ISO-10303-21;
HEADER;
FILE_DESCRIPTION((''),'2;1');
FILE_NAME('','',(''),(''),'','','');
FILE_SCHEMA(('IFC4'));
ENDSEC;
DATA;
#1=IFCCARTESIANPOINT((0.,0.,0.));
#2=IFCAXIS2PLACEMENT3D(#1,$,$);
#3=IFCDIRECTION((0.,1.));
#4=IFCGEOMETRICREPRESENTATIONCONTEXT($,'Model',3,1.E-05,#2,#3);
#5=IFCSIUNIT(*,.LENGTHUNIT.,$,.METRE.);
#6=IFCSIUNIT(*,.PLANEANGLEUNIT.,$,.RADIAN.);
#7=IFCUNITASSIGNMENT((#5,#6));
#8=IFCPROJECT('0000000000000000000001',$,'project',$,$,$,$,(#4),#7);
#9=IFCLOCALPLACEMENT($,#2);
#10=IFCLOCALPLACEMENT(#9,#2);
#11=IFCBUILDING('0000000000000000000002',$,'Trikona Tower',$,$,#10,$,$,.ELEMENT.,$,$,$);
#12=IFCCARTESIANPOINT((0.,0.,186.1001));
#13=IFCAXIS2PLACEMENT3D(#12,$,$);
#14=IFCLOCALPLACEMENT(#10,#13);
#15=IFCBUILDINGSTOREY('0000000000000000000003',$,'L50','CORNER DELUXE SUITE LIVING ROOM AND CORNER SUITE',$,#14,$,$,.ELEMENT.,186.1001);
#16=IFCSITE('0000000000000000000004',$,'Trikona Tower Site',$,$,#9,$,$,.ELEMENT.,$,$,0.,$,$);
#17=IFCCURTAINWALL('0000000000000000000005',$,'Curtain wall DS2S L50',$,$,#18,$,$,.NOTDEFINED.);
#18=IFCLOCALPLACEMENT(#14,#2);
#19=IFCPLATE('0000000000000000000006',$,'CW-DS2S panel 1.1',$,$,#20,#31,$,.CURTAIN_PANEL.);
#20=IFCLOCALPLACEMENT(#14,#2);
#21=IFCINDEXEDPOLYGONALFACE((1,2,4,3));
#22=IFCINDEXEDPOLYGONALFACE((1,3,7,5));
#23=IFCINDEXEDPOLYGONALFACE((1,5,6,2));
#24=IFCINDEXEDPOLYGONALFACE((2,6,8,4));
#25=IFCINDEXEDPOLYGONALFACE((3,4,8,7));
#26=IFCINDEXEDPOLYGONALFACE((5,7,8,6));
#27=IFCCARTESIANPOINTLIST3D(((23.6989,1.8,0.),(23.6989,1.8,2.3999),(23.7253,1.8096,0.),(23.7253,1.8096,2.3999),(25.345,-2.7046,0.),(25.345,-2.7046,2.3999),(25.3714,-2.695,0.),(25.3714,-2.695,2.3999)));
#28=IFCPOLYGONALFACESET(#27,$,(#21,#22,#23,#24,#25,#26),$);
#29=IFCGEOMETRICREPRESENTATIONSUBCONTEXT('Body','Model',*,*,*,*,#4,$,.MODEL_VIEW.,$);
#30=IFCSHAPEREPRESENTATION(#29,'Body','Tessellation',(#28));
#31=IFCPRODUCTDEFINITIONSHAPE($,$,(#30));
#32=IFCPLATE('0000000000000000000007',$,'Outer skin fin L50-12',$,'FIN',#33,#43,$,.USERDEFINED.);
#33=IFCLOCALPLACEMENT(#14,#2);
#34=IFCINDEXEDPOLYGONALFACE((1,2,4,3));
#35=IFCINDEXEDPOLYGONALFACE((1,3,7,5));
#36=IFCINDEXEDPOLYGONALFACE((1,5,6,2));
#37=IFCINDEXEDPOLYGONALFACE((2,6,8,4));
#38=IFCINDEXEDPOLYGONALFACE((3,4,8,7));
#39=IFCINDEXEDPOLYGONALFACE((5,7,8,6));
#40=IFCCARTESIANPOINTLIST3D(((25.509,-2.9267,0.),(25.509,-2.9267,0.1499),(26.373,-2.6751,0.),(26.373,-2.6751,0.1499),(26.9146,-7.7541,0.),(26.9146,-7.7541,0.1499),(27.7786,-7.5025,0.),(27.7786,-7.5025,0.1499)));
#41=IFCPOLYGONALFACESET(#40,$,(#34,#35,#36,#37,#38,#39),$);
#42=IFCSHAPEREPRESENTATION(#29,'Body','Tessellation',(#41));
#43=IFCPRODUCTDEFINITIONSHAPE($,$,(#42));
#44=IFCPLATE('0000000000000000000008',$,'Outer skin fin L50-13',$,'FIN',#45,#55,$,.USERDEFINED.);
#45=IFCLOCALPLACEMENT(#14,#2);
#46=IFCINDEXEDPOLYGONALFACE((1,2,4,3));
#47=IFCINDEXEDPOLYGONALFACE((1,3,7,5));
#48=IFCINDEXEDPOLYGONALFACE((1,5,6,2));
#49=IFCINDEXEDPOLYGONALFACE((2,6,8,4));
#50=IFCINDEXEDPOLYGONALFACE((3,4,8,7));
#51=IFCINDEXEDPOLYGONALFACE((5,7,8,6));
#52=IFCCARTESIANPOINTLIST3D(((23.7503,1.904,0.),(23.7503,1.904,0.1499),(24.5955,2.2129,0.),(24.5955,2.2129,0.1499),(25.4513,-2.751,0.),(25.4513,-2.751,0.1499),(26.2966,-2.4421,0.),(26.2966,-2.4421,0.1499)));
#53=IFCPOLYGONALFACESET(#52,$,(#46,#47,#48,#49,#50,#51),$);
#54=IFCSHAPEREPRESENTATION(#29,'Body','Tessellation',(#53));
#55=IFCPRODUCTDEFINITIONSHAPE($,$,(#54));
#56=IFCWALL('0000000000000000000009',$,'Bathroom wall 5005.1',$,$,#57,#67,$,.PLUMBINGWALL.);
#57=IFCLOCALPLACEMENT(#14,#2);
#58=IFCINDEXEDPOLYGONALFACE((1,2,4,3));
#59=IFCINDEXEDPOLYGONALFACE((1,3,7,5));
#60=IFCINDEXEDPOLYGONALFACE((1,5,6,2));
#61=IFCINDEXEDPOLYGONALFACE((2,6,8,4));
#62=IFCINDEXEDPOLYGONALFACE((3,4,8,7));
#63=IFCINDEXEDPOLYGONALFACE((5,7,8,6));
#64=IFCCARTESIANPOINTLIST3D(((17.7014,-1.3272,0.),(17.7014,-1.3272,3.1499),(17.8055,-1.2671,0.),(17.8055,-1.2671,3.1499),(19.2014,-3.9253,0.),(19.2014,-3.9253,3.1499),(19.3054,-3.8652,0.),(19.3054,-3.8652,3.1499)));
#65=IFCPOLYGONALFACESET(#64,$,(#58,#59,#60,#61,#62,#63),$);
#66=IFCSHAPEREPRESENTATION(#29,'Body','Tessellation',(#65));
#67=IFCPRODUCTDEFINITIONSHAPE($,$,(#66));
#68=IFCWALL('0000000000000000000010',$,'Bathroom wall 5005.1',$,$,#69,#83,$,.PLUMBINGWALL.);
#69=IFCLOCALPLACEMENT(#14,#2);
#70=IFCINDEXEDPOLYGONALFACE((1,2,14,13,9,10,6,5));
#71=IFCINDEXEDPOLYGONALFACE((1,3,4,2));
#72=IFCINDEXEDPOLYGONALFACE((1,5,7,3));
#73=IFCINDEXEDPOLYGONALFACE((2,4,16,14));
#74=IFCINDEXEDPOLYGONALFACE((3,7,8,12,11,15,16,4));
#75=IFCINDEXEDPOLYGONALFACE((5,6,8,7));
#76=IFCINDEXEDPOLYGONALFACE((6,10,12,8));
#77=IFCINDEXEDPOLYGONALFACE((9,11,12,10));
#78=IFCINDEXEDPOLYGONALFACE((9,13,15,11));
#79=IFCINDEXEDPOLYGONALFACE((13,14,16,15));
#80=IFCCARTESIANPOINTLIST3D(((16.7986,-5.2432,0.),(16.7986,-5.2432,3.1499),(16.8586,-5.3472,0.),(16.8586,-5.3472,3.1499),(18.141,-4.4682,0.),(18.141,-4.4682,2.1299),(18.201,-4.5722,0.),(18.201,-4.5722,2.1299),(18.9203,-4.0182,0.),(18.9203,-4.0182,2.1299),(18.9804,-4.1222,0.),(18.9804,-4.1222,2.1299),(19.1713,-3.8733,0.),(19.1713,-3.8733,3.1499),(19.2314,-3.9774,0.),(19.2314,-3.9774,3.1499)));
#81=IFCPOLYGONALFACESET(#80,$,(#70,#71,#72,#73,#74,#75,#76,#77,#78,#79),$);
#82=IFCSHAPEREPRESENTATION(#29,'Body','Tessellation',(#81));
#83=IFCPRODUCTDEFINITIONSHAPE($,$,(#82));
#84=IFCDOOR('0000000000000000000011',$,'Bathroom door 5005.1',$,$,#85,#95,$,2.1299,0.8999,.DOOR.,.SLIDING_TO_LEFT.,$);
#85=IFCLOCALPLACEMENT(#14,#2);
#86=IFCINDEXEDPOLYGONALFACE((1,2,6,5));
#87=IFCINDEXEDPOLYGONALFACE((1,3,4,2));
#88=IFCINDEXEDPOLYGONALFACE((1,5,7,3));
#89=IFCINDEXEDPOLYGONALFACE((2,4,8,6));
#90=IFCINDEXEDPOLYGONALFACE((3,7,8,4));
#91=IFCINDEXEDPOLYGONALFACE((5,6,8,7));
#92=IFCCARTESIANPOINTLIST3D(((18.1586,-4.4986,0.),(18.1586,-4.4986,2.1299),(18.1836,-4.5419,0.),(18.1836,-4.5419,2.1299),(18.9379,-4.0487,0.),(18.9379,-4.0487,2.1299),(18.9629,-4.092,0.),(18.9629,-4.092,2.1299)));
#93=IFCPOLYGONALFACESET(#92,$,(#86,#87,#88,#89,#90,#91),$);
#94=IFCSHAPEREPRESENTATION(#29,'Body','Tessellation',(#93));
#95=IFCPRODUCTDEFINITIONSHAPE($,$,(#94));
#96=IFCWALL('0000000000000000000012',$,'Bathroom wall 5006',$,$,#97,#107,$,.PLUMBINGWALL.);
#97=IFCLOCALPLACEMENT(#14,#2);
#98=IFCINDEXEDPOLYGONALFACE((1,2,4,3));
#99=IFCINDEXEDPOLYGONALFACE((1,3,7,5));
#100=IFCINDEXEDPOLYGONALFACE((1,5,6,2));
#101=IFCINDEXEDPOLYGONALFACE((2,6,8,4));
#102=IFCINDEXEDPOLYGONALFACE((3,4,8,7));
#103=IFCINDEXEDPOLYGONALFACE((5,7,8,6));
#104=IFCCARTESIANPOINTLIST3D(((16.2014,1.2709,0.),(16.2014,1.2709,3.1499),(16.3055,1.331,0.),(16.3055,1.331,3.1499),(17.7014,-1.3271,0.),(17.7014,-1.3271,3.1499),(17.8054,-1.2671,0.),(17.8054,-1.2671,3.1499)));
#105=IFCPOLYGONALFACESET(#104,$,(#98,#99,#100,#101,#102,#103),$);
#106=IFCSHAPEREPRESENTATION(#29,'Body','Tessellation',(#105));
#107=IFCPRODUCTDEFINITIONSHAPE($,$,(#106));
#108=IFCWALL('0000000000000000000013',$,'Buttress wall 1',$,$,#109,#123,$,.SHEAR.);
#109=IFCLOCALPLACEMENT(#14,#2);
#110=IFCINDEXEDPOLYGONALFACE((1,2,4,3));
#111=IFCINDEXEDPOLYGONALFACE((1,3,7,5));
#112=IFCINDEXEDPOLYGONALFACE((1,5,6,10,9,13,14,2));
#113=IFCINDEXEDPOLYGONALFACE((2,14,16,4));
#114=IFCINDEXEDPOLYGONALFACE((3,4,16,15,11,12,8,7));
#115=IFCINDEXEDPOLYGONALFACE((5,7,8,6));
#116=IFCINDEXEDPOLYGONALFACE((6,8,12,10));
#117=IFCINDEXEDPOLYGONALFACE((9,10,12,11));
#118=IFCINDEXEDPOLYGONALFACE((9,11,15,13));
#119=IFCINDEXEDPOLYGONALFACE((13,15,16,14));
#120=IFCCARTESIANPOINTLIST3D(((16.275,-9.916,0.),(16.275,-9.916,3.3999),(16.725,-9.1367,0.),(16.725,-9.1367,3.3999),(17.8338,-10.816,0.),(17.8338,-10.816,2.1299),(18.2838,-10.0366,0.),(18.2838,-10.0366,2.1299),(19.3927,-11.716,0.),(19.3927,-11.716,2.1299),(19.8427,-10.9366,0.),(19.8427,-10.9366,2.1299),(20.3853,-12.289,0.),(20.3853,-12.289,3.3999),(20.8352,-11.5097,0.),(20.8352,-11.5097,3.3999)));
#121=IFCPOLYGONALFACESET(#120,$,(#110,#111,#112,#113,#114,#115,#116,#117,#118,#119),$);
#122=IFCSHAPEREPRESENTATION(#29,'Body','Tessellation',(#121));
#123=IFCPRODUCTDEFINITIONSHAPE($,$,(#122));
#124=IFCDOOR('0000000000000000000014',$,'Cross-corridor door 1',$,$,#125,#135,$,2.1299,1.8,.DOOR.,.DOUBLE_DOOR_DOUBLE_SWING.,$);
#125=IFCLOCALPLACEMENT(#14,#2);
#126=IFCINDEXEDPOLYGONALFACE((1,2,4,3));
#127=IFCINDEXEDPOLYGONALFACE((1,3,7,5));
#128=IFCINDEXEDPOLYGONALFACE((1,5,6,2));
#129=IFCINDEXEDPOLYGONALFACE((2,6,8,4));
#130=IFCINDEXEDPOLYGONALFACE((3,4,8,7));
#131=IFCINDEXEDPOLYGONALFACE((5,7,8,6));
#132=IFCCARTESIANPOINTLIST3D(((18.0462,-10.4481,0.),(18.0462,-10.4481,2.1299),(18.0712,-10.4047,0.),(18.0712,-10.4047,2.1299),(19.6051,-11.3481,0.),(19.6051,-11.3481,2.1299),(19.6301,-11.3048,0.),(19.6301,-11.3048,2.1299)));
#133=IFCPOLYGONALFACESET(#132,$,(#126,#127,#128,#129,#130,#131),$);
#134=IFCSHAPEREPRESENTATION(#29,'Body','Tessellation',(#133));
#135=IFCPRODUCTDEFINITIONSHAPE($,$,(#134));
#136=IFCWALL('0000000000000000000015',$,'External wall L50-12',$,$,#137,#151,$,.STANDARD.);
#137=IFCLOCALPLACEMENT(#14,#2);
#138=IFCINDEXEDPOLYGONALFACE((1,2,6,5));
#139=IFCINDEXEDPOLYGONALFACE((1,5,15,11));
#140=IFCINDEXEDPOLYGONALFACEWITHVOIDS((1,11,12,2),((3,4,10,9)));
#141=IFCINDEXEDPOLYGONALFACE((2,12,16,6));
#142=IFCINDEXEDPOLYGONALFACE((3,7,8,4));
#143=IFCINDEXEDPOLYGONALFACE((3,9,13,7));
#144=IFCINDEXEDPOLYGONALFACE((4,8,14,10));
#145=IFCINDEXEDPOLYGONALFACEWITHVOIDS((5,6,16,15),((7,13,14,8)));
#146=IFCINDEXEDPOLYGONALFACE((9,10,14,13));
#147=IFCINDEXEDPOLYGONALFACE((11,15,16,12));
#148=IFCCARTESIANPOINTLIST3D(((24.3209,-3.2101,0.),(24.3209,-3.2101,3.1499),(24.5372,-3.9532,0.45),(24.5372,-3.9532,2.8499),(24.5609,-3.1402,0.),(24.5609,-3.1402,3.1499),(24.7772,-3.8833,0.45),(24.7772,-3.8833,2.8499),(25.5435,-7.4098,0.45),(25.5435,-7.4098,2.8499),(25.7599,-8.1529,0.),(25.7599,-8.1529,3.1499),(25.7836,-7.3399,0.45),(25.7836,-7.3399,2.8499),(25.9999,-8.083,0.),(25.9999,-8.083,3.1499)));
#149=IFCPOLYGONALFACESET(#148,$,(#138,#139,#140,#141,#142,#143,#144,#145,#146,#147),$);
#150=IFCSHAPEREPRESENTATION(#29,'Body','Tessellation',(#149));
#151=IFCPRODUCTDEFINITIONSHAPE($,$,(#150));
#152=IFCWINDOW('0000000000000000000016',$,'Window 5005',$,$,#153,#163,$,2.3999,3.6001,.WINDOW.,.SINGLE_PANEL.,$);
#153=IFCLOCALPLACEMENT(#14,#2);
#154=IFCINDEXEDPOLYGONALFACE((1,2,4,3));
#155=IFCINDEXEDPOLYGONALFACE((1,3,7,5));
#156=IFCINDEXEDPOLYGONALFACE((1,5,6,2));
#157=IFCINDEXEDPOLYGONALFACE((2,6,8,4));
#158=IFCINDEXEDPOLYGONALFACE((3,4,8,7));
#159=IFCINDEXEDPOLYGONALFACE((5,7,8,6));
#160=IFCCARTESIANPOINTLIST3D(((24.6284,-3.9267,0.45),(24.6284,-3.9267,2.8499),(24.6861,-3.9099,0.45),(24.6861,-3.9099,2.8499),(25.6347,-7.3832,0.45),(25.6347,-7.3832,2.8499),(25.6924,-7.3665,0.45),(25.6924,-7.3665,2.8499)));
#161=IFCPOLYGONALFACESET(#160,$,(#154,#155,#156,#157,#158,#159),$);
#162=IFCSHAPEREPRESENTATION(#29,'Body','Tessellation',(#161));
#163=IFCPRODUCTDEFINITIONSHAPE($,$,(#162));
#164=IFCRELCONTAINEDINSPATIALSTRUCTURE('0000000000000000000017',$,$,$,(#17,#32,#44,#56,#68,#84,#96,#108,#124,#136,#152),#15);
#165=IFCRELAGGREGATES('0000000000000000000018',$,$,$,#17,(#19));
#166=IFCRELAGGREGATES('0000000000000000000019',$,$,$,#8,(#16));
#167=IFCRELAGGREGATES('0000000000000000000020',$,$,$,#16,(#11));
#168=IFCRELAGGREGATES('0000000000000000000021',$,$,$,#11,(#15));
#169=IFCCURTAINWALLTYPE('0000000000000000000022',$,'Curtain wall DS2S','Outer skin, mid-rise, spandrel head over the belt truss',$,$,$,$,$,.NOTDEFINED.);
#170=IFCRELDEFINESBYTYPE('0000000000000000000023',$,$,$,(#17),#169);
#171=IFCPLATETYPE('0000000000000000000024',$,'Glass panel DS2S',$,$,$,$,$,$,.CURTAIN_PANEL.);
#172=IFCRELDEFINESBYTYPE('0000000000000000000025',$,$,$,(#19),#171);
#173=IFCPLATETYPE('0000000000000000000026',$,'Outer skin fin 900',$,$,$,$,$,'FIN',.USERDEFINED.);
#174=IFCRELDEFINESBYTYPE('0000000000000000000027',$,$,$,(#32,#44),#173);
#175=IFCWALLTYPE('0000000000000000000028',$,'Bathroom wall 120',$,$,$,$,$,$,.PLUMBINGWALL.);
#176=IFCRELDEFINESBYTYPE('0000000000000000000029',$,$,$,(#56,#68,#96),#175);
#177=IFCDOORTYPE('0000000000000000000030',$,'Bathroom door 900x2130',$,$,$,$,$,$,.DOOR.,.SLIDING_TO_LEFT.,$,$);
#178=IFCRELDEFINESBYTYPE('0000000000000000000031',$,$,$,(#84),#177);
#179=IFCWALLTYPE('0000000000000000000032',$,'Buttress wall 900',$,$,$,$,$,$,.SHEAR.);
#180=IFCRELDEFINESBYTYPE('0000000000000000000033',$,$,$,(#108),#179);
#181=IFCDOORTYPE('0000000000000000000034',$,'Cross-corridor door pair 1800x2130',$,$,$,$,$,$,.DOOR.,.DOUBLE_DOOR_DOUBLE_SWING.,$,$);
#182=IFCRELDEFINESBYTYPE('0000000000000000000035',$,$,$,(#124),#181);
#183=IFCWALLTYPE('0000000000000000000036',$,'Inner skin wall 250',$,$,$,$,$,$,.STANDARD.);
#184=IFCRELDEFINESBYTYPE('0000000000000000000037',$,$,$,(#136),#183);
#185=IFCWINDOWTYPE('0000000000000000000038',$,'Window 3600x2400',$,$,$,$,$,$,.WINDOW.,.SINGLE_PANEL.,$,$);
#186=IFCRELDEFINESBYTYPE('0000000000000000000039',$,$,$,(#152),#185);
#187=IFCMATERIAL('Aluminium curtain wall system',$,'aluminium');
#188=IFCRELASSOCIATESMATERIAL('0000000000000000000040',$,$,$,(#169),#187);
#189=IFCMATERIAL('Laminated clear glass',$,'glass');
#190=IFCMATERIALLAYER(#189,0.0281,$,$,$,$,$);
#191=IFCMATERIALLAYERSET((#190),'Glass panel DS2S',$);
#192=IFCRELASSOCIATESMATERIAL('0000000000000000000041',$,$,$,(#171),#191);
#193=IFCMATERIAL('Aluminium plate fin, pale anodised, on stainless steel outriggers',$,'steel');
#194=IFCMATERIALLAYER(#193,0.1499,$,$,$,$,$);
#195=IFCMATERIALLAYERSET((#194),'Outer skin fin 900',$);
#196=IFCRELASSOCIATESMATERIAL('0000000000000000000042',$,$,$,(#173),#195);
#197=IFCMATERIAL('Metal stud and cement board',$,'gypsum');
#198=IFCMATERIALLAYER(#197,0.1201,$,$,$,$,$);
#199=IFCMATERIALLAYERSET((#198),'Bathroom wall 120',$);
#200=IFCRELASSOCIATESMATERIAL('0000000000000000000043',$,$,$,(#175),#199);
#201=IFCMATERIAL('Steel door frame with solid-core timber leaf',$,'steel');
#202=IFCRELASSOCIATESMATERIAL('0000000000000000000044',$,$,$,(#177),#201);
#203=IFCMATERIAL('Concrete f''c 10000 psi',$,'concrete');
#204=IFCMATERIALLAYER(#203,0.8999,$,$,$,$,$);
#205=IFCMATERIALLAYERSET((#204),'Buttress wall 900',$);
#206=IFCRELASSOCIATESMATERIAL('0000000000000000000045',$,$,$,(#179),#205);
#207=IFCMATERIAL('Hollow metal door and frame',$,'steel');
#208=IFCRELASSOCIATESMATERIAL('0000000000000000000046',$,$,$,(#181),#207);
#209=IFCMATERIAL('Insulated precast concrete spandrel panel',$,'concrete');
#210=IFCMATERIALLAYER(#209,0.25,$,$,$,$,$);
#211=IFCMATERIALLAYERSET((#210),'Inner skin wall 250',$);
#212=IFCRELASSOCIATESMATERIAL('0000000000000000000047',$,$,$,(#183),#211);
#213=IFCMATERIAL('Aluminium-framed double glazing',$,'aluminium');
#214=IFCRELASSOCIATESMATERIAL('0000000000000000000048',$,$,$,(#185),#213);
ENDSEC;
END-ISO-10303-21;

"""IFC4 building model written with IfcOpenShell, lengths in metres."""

from ifc_helpers import new_model, si_unit, direction, frame, frame_2d, origin, origin_2d, place, context, subcontext, project, spatial, rectangle, extrude, material, layer, layer_set, type_object, element, fill, aggregate, save


model = new_model("IFC4")

# Units and contexts
model_context = context("Model", 3, precision=1e-05, world=origin(), true_north=direction((0.0, 1.0)))
body_context = subcontext(model_context, "Body", "Model", "MODEL_VIEW")
ifc_project = project(units=[si_unit("LENGTHUNIT", "METRE"), si_unit("PLANEANGLEUNIT", "RADIAN")], contexts=[model_context])

# Site, building, storey
site_placement = place(None, origin())
site = spatial("IfcSite", under=ifc_project, at=site_placement, Name="Trikona Tower Site", CompositionType="ELEMENT", RefElevation=0.0)
building_placement = place(site_placement, origin())
building = spatial("IfcBuilding", under=site, at=building_placement, Name="Trikona Tower", CompositionType="ELEMENT")
storey_placement = place(building_placement, frame((0.0, 0.0, 186.1001)))
storey = spatial("IfcBuildingStorey", under=building, at=storey_placement, Name="L50", Description="CORNER DELUXE SUITE LIVING ROOM AND CORNER SUITE", CompositionType="ELEMENT", Elevation=186.1001)

# Shared definitions
ifc_material_1 = material(Name="Aluminium curtain wall system", Category="aluminium")
curtain_wall_type = type_object("IfcCurtainWallType", Name="Curtain wall DS2S", Description="Outer skin, mid-rise, spandrel head over the belt truss", PredefinedType="NOTDEFINED", material=ifc_material_1)

# Curtain wall
curtain_wall_1_placement = place(storey_placement, origin())
curtain_wall_1 = element("IfcCurtainWall", 1, at=curtain_wall_1_placement, inside=storey, type_object=curtain_wall_type, Name="Curtain wall DS2S L50", PredefinedType="NOTDEFINED")

# Plate
ifc_material_2 = material(Name="Laminated clear glass", Category="glass")
ifc_layer_1 = layer(ifc_material_2, 0.0281)
ifc_layer_set_1 = layer_set([ifc_layer_1], Name="Glass panel DS2S")
plate_type_1 = type_object("IfcPlateType", Name="Glass panel DS2S", PredefinedType="CURTAIN_PANEL", material=ifc_layer_set_1)
plate_1_placement = place(storey_placement, frame((24.5352, -0.4475, 0.0), z_axis=(0.0, 0.0, 1.0), x_axis=(-0.343223, 0.939254, 0.0)))
plate_1 = element("IfcPlate", 2, at=plate_1_placement, type_object=plate_type_1, Name="CW-DS2S panel 1.1", PredefinedType="CURTAIN_PANEL", context=body_context, shape_type="SweptSolid", body=[
    extrude(rectangle(XDim=4.7959, YDim=0.0281, at=origin_2d()), origin(), (0.0, 0.0, 1.0), 2.3999),
])
aggregate(curtain_wall_1, [plate_1])

# Plates
ifc_material_3 = material(Name="Aluminium plate fin, pale anodised, on stainless steel outriggers", Category="steel")
ifc_layer_2 = layer(ifc_material_3, 0.1499)
ifc_layer_set_2 = layer_set([ifc_layer_2], Name="Outer skin fin 900")
plate_type_2 = type_object("IfcPlateType", Name="Outer skin fin 900", ElementType="FIN", PredefinedType="USERDEFINED", material=ifc_layer_set_2)
plate_2_placement = place(storey_placement, frame((26.6438, -5.2146, 0.0), z_axis=(0.0, 0.0, 1.0), x_axis=(-0.279554, 0.96013, 0.0)))
element("IfcPlate", 3, at=plate_2_placement, inside=storey, type_object=plate_type_2, Name="Outer skin fin L50-12", ObjectType="FIN", PredefinedType="USERDEFINED", context=body_context, shape_type="SweptSolid", body=[
    extrude(rectangle(XDim=5.0278, YDim=0.8999, at=origin_2d()), origin(), (0.0, 0.0, 1.0), 0.1499),
])
plate_3_placement = place(storey_placement, frame((25.0234, -0.269, 0.0), z_axis=(0.0, 0.0, 1.0), x_axis=(-0.34322, 0.939255, 0.0)))
element("IfcPlate", 4, at=plate_3_placement, inside=storey, type_object=plate_type_2, Name="Outer skin fin L50-13", ObjectType="FIN", PredefinedType="USERDEFINED", context=body_context, shape_type="SweptSolid", body=[
    extrude(rectangle(XDim=4.9561, YDim=0.8999, at=origin_2d()), origin(), (0.0, 0.0, 1.0), 0.1499),
])

# Wall
ifc_material_4 = material(Name="Metal stud and cement board", Category="gypsum")
ifc_layer_3 = layer(ifc_material_4, 0.1201)
ifc_layer_set_3 = layer_set([ifc_layer_3], Name="Bathroom wall 120")
wall_type_1 = type_object("IfcWallType", Name="Bathroom wall 120", PredefinedType="PLUMBINGWALL", material=ifc_layer_set_3)
wall_1_placement = place(storey_placement, frame((19.2534, -3.8953, 0.0), z_axis=(0.0, 0.0, 1.0), x_axis=(-0.49999, 0.866031, 0.0)))
element("IfcWall", 5, at=wall_1_placement, inside=storey, type_object=wall_type_1, Name="Bathroom wall 5005.1", PredefinedType="PLUMBINGWALL", context=body_context, shape_type="SweptSolid", body=[
    extrude(rectangle(XDim=3.0, YDim=0.1201, at=frame_2d((1.5, 0.0))), origin(), (0.0, 0.0, 1.0), 3.1499),
])

# Wall, opening, door
wall_2_placement = place(storey_placement, frame((16.8286, -5.2952, 0.0), z_axis=(0.0, 0.0, 1.0), x_axis=(0.866036, 0.499982, 0.0)))
wall_2 = element("IfcWall", 6, at=wall_2_placement, inside=storey, type_object=wall_type_1, Name="Bathroom wall 5005.1", PredefinedType="PLUMBINGWALL", context=body_context, shape_type="SweptSolid", body=[
    extrude(rectangle(XDim=2.7397, YDim=0.1201, at=frame_2d((1.3699, 0.0))), origin(), (0.0, 0.0, 1.0), 3.1499),
])
opening_1_placement = place(wall_2_placement, frame((1.55, 0.0, 0.0)))
opening_1 = element("IfcOpeningElement", 7, at=opening_1_placement, cuts=wall_2, PredefinedType="OPENING", context=body_context, shape_type="SweptSolid", body=[
    extrude(rectangle(XDim=0.8999, YDim=2.1299, at=frame_2d((0.45, 1.0649))), frame((0.0, 0.0701, 0.0), z_axis=(0.0, -1.0, 0.0), x_axis=(1.0, 0.0, 0.0)), (0.0, 0.0, 1.0), 0.1401),
])
ifc_material_5 = material(Name="Steel door frame with solid-core timber leaf", Category="steel")
door_type_1 = type_object("IfcDoorType", Name="Bathroom door 900x2130", OperationType="SLIDING_TO_LEFT", PredefinedType="DOOR", material=ifc_material_5)
door_1_placement = place(opening_1_placement, origin())
door_1 = element("IfcDoor", 8, at=door_1_placement, inside=storey, type_object=door_type_1, Name="Bathroom door 5005.1", OperationType="SLIDING_TO_LEFT", OverallHeight=2.1299, OverallWidth=0.8999, PredefinedType="DOOR", context=body_context, shape_type="SweptSolid", body=[
    extrude(rectangle(XDim=0.8999, YDim=2.1299, at=frame_2d((0.45, 1.0649))), frame((0.0, 0.0249, 0.0), z_axis=(0.0, -1.0, 0.0), x_axis=(1.0, 0.0, 0.0)), (0.0, 0.0, 1.0), 0.05),
])
fill(opening_1, door_1)

# Wall
wall_3_placement = place(storey_placement, frame((17.7534, -1.2971, 0.0), z_axis=(0.0, 0.0, 1.0), x_axis=(-0.49999, 0.866031, 0.0)))
element("IfcWall", 9, at=wall_3_placement, inside=storey, type_object=wall_type_1, Name="Bathroom wall 5006", PredefinedType="PLUMBINGWALL", context=body_context, shape_type="SweptSolid", body=[
    extrude(rectangle(XDim=3.0, YDim=0.1201, at=frame_2d((1.5, 0.0))), origin(), (0.0, 0.0, 1.0), 3.1499),
])

# Wall, opening, door
ifc_material_6 = material(Name="Concrete f'c 10000 psi", Category="concrete")
ifc_layer_4 = layer(ifc_material_6, 0.8999)
ifc_layer_set_4 = layer_set([ifc_layer_4], Name="Buttress wall 900")
wall_type_2 = type_object("IfcWallType", Name="Buttress wall 900", PredefinedType="SHEAR", material=ifc_layer_set_4)
wall_4_placement = place(storey_placement, frame((16.5, -9.5264, 0.0), z_axis=(0.0, 0.0, 1.0), x_axis=(0.866031, -0.49999, 0.0)))
wall_4 = element("IfcWall", 10, at=wall_4_placement, inside=storey, type_object=wall_type_2, Name="Buttress wall 1", PredefinedType="SHEAR", context=body_context, shape_type="SweptSolid", body=[
    extrude(rectangle(XDim=4.7461, YDim=0.8999, at=frame_2d((2.373, 0.0))), origin(), (0.0, 0.0, 1.0), 3.3999),
])
opening_2_placement = place(wall_4_placement, frame((1.8, 0.0, 0.0)))
opening_2 = element("IfcOpeningElement", 11, at=opening_2_placement, cuts=wall_4, PredefinedType="OPENING", context=body_context, shape_type="SweptSolid", body=[
    extrude(rectangle(XDim=1.8, YDim=2.1299, at=frame_2d((0.8999, 1.0649))), frame((0.0, 0.46, 0.0), z_axis=(0.0, -1.0, 0.0), x_axis=(1.0, 0.0, 0.0)), (0.0, 0.0, 1.0), 0.9199),
])
ifc_material_7 = material(Name="Hollow metal door and frame", Category="steel")
door_type_2 = type_object("IfcDoorType", Name="Cross-corridor door pair 1800x2130", OperationType="DOUBLE_DOOR_DOUBLE_SWING", PredefinedType="DOOR", material=ifc_material_7)
door_2_placement = place(opening_2_placement, origin())
door_2 = element("IfcDoor", 12, at=door_2_placement, inside=storey, type_object=door_type_2, Name="Cross-corridor door 1", OperationType="DOUBLE_DOOR_DOUBLE_SWING", OverallHeight=2.1299, OverallWidth=1.8, PredefinedType="DOOR", context=body_context, shape_type="SweptSolid", body=[
    extrude(rectangle(XDim=1.8, YDim=2.1299, at=frame_2d((0.8999, 1.0649))), frame((0.0, 0.0249, 0.0), z_axis=(0.0, -1.0, 0.0), x_axis=(1.0, 0.0, 0.0)), (0.0, 0.0, 1.0), 0.05),
])
fill(opening_2, door_2)

# Wall, opening, window
ifc_material_8 = material(Name="Insulated precast concrete spandrel panel", Category="concrete")
ifc_layer_5 = layer(ifc_material_8, 0.25)
ifc_layer_set_5 = layer_set([ifc_layer_5], Name="Inner skin wall 250")
wall_type_3 = type_object("IfcWallType", Name="Inner skin wall 250", PredefinedType="STANDARD", material=ifc_layer_set_5)
wall_5_placement = place(storey_placement, frame((25.8799, -8.1179, 0.0), z_axis=(0.0, 0.0, 1.0), x_axis=(-0.279528, 0.960137, 0.0)))
wall_5 = element("IfcWall", 13, at=wall_5_placement, inside=storey, type_object=wall_type_3, Name="External wall L50-12", PredefinedType="STANDARD", context=body_context, shape_type="SweptSolid", body=[
    extrude(rectangle(XDim=5.1479, YDim=0.25, at=frame_2d((2.574, 0.0))), origin(), (0.0, 0.0, 1.0), 3.1499),
])
opening_3_placement = place(wall_5_placement, frame((0.7739, 0.0, 0.45)))
opening_3 = element("IfcOpeningElement", 14, at=opening_3_placement, cuts=wall_5, PredefinedType="OPENING", context=body_context, shape_type="SweptSolid", body=[
    extrude(rectangle(XDim=3.6001, YDim=2.3999, at=frame_2d((1.8, 1.2))), frame((0.0, 0.135, 0.0), z_axis=(0.0, -1.0, 0.0), x_axis=(1.0, 0.0, 0.0)), (0.0, 0.0, 1.0), 0.27),
])
ifc_material_9 = material(Name="Aluminium-framed double glazing", Category="aluminium")
window_type = type_object("IfcWindowType", Name="Window 3600x2400", PartitioningType="SINGLE_PANEL", PredefinedType="WINDOW", material=ifc_material_9)
window_1_placement = place(opening_3_placement, origin())
window_1 = element("IfcWindow", 15, at=window_1_placement, inside=storey, type_object=window_type, Name="Window 5005", OverallHeight=2.3999, OverallWidth=3.6001, PartitioningType="SINGLE_PANEL", PredefinedType="WINDOW", context=body_context, shape_type="SweptSolid", body=[
    extrude(rectangle(XDim=3.6001, YDim=2.3999, at=frame_2d((1.8, 1.2))), frame((0.0, 0.03, 0.0), z_axis=(0.0, -1.0, 0.0), x_axis=(1.0, 0.0, 0.0)), (0.0, 0.0, 1.0), 0.0601),
])
fill(opening_3, window_1)

save(model, "model.ifc")
